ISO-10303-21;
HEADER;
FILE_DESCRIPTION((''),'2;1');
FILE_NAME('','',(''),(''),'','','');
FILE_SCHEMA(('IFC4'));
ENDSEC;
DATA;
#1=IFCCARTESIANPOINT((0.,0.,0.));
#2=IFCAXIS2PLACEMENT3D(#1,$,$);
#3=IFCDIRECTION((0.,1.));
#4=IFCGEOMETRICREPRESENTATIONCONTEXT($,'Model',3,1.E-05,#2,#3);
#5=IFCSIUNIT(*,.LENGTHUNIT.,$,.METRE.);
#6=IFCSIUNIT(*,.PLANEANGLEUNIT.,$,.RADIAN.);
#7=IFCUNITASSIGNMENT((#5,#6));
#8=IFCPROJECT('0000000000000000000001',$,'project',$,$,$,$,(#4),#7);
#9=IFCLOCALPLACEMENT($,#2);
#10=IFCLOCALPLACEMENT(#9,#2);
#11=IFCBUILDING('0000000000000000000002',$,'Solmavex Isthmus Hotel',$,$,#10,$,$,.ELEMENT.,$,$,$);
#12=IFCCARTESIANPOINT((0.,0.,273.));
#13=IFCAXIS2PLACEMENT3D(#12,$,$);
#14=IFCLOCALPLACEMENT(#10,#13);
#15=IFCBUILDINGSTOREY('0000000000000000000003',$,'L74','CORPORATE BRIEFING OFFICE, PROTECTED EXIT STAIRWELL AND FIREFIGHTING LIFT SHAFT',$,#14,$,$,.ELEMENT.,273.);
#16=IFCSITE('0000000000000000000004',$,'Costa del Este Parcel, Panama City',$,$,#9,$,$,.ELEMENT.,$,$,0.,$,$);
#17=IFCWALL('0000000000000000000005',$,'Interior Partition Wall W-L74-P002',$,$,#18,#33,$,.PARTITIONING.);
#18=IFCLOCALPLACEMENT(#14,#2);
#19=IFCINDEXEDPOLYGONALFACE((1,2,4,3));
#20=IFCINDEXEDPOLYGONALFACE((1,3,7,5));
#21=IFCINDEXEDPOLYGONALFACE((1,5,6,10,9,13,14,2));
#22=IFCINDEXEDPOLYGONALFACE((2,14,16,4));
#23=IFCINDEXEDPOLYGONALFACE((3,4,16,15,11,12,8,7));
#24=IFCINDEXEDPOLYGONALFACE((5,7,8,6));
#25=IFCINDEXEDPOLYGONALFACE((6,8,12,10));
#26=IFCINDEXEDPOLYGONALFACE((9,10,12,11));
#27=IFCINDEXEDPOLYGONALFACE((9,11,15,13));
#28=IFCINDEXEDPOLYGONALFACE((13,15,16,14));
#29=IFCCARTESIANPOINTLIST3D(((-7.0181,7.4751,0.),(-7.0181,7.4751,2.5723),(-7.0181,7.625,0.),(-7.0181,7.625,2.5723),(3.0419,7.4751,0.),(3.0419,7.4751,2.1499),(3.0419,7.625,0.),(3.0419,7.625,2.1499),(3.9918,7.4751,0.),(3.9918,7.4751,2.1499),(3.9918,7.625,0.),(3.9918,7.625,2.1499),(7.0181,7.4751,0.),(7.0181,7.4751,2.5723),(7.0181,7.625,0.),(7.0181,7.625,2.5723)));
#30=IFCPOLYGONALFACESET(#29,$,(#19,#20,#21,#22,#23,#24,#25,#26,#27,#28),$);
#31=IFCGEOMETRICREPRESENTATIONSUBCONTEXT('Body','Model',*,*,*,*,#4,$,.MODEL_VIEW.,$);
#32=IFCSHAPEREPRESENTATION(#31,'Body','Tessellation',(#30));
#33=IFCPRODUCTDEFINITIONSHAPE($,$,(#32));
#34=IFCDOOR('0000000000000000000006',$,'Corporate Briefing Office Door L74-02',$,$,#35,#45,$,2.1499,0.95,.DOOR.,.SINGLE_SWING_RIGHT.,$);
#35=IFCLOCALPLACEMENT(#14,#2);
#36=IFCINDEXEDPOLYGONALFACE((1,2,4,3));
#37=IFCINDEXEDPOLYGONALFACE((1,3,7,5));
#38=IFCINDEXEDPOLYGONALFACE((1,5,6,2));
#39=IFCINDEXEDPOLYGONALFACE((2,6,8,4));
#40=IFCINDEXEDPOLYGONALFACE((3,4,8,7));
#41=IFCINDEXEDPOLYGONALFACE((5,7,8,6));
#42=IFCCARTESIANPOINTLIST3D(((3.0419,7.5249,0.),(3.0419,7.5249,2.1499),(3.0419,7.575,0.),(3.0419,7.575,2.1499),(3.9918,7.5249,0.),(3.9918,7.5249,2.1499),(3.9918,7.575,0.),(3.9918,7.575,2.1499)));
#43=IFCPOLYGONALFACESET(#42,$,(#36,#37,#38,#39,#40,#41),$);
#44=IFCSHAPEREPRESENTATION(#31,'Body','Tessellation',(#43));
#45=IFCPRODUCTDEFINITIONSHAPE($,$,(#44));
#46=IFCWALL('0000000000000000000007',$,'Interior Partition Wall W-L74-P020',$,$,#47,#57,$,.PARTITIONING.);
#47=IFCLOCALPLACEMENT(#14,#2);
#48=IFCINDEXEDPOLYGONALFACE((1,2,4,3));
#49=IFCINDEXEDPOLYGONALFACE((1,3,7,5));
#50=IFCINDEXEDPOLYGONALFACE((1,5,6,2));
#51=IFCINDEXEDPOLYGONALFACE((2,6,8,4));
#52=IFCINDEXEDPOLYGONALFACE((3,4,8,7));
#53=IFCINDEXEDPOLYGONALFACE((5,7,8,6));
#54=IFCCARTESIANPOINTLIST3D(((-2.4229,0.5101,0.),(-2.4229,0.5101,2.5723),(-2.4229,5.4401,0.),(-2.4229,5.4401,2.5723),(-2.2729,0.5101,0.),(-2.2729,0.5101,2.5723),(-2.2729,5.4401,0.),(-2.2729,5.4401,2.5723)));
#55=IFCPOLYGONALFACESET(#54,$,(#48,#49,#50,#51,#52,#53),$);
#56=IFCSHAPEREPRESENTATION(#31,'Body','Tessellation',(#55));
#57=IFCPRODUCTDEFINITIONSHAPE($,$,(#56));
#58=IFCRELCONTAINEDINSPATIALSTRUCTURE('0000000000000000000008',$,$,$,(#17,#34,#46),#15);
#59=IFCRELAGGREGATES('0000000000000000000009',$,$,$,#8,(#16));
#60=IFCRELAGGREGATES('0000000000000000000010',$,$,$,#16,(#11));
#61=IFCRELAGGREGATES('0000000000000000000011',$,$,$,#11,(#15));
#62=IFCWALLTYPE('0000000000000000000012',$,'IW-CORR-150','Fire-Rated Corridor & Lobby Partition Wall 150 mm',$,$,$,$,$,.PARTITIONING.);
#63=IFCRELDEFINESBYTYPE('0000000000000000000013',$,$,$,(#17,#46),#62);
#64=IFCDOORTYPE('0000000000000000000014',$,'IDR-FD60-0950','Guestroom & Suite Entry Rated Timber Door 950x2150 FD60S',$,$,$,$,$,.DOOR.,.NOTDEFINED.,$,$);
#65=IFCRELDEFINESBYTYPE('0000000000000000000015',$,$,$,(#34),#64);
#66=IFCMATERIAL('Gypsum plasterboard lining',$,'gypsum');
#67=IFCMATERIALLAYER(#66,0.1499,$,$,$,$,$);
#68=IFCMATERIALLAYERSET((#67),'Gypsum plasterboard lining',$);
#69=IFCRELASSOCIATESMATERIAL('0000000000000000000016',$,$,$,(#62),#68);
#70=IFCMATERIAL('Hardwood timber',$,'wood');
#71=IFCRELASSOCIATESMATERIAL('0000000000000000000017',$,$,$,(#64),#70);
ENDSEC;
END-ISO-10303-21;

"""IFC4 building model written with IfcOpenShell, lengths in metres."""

from ifc_helpers import new_model, si_unit, direction, frame, frame_2d, origin, place, context, subcontext, project, spatial, rectangle, extrude, material, layer, layer_set, type_object, element, fill, save


model = new_model("IFC4")

# Units and contexts
model_context = context("Model", 3, precision=1e-05, world=origin(), true_north=direction((0.0, 1.0)))
body_context = subcontext(model_context, "Body", "Model", "MODEL_VIEW")
ifc_project = project(units=[si_unit("LENGTHUNIT", "METRE"), si_unit("PLANEANGLEUNIT", "RADIAN")], contexts=[model_context])

# Site, building, storey
site_placement = place(None, origin())
site = spatial("IfcSite", under=ifc_project, at=site_placement, Name="Costa del Este Parcel, Panama City", CompositionType="ELEMENT", RefElevation=0.0)
building_placement = place(site_placement, origin())
building = spatial("IfcBuilding", under=site, at=building_placement, Name="Solmavex Isthmus Hotel", CompositionType="ELEMENT")
storey_placement = place(building_placement, frame((0.0, 0.0, 273.0)))
storey = spatial("IfcBuildingStorey", under=building, at=storey_placement, Name="L74", Description="CORPORATE BRIEFING OFFICE, PROTECTED EXIT STAIRWELL AND FIREFIGHTING LIFT SHAFT", CompositionType="ELEMENT", Elevation=273.0)

# Shared definitions
ifc_material_1 = material(Name="Gypsum plasterboard lining", Category="gypsum")

# Wall, opening, door
ifc_layer_1 = layer(ifc_material_1, 0.1499)
ifc_layer_set_1 = layer_set([ifc_layer_1], Name="Gypsum plasterboard lining")
wall_type_1 = type_object("IfcWallType", Name="IW-CORR-150", Description="Fire-Rated Corridor & Lobby Partition Wall 150 mm", PredefinedType="PARTITIONING", material=ifc_layer_set_1)
wall_1_placement = place(storey_placement, frame((-7.0181, 7.55, 0.0), z_axis=(0.0, 0.0, 1.0), x_axis=(1.0, 0.0, 0.0)))
wall_1 = element("IfcWall", 1, at=wall_1_placement, inside=storey, type_object=wall_type_1, Name="Interior Partition Wall W-L74-P002", PredefinedType="PARTITIONING", context=body_context, shape_type="SweptSolid", body=[
    extrude(rectangle(XDim=14.0361, YDim=0.1499, at=frame_2d((7.0181, 0.0))), origin(), (0.0, 0.0, 1.0), 2.5723),
])
opening_placement = place(wall_1_placement, frame((10.0598, 0.0, 0.0)))
opening = element("IfcOpeningElement", 2, at=opening_placement, cuts=wall_1, PredefinedType="OPENING", context=body_context, shape_type="SweptSolid", body=[
    extrude(rectangle(XDim=0.95, YDim=2.1499, at=frame_2d((0.4751, 1.075))), frame((0.0, 0.085, 0.0), z_axis=(0.0, -1.0, 0.0), x_axis=(1.0, 0.0, 0.0)), (0.0, 0.0, 1.0), 0.1699),
])
ifc_material_2 = material(Name="Hardwood timber", Category="wood")
door_type = type_object("IfcDoorType", Name="IDR-FD60-0950", Description="Guestroom & Suite Entry Rated Timber Door 950x2150 FD60S", OperationType="NOTDEFINED", PredefinedType="DOOR", material=ifc_material_2)
door_placement = place(opening_placement, origin())
door = element("IfcDoor", 3, at=door_placement, inside=storey, type_object=door_type, Name="Corporate Briefing Office Door L74-02", OperationType="SINGLE_SWING_RIGHT", OverallHeight=2.1499, OverallWidth=0.95, PredefinedType="DOOR", context=body_context, shape_type="SweptSolid", body=[
    extrude(rectangle(XDim=0.95, YDim=2.1499, at=frame_2d((0.4751, 1.075))), frame((0.0, 0.0249, 0.0), z_axis=(0.0, -1.0, 0.0), x_axis=(1.0, 0.0, 0.0)), (0.0, 0.0, 1.0), 0.05),
])
fill(opening, door)

# Wall
wall_2_placement = place(storey_placement, frame((-2.3479, 5.4399, 0.0), z_axis=(0.0, 0.0, 1.0), x_axis=(0.0, -1.0, 0.0)))
element("IfcWall", 4, at=wall_2_placement, inside=storey, type_object=wall_type_1, Name="Interior Partition Wall W-L74-P020", PredefinedType="PARTITIONING", context=body_context, shape_type="SweptSolid", body=[
    extrude(rectangle(XDim=4.9299, YDim=0.1499, at=frame_2d((2.4648, 0.0))), origin(), (0.0, 0.0, 1.0), 2.5723),
])

save(model, "model.ifc")
